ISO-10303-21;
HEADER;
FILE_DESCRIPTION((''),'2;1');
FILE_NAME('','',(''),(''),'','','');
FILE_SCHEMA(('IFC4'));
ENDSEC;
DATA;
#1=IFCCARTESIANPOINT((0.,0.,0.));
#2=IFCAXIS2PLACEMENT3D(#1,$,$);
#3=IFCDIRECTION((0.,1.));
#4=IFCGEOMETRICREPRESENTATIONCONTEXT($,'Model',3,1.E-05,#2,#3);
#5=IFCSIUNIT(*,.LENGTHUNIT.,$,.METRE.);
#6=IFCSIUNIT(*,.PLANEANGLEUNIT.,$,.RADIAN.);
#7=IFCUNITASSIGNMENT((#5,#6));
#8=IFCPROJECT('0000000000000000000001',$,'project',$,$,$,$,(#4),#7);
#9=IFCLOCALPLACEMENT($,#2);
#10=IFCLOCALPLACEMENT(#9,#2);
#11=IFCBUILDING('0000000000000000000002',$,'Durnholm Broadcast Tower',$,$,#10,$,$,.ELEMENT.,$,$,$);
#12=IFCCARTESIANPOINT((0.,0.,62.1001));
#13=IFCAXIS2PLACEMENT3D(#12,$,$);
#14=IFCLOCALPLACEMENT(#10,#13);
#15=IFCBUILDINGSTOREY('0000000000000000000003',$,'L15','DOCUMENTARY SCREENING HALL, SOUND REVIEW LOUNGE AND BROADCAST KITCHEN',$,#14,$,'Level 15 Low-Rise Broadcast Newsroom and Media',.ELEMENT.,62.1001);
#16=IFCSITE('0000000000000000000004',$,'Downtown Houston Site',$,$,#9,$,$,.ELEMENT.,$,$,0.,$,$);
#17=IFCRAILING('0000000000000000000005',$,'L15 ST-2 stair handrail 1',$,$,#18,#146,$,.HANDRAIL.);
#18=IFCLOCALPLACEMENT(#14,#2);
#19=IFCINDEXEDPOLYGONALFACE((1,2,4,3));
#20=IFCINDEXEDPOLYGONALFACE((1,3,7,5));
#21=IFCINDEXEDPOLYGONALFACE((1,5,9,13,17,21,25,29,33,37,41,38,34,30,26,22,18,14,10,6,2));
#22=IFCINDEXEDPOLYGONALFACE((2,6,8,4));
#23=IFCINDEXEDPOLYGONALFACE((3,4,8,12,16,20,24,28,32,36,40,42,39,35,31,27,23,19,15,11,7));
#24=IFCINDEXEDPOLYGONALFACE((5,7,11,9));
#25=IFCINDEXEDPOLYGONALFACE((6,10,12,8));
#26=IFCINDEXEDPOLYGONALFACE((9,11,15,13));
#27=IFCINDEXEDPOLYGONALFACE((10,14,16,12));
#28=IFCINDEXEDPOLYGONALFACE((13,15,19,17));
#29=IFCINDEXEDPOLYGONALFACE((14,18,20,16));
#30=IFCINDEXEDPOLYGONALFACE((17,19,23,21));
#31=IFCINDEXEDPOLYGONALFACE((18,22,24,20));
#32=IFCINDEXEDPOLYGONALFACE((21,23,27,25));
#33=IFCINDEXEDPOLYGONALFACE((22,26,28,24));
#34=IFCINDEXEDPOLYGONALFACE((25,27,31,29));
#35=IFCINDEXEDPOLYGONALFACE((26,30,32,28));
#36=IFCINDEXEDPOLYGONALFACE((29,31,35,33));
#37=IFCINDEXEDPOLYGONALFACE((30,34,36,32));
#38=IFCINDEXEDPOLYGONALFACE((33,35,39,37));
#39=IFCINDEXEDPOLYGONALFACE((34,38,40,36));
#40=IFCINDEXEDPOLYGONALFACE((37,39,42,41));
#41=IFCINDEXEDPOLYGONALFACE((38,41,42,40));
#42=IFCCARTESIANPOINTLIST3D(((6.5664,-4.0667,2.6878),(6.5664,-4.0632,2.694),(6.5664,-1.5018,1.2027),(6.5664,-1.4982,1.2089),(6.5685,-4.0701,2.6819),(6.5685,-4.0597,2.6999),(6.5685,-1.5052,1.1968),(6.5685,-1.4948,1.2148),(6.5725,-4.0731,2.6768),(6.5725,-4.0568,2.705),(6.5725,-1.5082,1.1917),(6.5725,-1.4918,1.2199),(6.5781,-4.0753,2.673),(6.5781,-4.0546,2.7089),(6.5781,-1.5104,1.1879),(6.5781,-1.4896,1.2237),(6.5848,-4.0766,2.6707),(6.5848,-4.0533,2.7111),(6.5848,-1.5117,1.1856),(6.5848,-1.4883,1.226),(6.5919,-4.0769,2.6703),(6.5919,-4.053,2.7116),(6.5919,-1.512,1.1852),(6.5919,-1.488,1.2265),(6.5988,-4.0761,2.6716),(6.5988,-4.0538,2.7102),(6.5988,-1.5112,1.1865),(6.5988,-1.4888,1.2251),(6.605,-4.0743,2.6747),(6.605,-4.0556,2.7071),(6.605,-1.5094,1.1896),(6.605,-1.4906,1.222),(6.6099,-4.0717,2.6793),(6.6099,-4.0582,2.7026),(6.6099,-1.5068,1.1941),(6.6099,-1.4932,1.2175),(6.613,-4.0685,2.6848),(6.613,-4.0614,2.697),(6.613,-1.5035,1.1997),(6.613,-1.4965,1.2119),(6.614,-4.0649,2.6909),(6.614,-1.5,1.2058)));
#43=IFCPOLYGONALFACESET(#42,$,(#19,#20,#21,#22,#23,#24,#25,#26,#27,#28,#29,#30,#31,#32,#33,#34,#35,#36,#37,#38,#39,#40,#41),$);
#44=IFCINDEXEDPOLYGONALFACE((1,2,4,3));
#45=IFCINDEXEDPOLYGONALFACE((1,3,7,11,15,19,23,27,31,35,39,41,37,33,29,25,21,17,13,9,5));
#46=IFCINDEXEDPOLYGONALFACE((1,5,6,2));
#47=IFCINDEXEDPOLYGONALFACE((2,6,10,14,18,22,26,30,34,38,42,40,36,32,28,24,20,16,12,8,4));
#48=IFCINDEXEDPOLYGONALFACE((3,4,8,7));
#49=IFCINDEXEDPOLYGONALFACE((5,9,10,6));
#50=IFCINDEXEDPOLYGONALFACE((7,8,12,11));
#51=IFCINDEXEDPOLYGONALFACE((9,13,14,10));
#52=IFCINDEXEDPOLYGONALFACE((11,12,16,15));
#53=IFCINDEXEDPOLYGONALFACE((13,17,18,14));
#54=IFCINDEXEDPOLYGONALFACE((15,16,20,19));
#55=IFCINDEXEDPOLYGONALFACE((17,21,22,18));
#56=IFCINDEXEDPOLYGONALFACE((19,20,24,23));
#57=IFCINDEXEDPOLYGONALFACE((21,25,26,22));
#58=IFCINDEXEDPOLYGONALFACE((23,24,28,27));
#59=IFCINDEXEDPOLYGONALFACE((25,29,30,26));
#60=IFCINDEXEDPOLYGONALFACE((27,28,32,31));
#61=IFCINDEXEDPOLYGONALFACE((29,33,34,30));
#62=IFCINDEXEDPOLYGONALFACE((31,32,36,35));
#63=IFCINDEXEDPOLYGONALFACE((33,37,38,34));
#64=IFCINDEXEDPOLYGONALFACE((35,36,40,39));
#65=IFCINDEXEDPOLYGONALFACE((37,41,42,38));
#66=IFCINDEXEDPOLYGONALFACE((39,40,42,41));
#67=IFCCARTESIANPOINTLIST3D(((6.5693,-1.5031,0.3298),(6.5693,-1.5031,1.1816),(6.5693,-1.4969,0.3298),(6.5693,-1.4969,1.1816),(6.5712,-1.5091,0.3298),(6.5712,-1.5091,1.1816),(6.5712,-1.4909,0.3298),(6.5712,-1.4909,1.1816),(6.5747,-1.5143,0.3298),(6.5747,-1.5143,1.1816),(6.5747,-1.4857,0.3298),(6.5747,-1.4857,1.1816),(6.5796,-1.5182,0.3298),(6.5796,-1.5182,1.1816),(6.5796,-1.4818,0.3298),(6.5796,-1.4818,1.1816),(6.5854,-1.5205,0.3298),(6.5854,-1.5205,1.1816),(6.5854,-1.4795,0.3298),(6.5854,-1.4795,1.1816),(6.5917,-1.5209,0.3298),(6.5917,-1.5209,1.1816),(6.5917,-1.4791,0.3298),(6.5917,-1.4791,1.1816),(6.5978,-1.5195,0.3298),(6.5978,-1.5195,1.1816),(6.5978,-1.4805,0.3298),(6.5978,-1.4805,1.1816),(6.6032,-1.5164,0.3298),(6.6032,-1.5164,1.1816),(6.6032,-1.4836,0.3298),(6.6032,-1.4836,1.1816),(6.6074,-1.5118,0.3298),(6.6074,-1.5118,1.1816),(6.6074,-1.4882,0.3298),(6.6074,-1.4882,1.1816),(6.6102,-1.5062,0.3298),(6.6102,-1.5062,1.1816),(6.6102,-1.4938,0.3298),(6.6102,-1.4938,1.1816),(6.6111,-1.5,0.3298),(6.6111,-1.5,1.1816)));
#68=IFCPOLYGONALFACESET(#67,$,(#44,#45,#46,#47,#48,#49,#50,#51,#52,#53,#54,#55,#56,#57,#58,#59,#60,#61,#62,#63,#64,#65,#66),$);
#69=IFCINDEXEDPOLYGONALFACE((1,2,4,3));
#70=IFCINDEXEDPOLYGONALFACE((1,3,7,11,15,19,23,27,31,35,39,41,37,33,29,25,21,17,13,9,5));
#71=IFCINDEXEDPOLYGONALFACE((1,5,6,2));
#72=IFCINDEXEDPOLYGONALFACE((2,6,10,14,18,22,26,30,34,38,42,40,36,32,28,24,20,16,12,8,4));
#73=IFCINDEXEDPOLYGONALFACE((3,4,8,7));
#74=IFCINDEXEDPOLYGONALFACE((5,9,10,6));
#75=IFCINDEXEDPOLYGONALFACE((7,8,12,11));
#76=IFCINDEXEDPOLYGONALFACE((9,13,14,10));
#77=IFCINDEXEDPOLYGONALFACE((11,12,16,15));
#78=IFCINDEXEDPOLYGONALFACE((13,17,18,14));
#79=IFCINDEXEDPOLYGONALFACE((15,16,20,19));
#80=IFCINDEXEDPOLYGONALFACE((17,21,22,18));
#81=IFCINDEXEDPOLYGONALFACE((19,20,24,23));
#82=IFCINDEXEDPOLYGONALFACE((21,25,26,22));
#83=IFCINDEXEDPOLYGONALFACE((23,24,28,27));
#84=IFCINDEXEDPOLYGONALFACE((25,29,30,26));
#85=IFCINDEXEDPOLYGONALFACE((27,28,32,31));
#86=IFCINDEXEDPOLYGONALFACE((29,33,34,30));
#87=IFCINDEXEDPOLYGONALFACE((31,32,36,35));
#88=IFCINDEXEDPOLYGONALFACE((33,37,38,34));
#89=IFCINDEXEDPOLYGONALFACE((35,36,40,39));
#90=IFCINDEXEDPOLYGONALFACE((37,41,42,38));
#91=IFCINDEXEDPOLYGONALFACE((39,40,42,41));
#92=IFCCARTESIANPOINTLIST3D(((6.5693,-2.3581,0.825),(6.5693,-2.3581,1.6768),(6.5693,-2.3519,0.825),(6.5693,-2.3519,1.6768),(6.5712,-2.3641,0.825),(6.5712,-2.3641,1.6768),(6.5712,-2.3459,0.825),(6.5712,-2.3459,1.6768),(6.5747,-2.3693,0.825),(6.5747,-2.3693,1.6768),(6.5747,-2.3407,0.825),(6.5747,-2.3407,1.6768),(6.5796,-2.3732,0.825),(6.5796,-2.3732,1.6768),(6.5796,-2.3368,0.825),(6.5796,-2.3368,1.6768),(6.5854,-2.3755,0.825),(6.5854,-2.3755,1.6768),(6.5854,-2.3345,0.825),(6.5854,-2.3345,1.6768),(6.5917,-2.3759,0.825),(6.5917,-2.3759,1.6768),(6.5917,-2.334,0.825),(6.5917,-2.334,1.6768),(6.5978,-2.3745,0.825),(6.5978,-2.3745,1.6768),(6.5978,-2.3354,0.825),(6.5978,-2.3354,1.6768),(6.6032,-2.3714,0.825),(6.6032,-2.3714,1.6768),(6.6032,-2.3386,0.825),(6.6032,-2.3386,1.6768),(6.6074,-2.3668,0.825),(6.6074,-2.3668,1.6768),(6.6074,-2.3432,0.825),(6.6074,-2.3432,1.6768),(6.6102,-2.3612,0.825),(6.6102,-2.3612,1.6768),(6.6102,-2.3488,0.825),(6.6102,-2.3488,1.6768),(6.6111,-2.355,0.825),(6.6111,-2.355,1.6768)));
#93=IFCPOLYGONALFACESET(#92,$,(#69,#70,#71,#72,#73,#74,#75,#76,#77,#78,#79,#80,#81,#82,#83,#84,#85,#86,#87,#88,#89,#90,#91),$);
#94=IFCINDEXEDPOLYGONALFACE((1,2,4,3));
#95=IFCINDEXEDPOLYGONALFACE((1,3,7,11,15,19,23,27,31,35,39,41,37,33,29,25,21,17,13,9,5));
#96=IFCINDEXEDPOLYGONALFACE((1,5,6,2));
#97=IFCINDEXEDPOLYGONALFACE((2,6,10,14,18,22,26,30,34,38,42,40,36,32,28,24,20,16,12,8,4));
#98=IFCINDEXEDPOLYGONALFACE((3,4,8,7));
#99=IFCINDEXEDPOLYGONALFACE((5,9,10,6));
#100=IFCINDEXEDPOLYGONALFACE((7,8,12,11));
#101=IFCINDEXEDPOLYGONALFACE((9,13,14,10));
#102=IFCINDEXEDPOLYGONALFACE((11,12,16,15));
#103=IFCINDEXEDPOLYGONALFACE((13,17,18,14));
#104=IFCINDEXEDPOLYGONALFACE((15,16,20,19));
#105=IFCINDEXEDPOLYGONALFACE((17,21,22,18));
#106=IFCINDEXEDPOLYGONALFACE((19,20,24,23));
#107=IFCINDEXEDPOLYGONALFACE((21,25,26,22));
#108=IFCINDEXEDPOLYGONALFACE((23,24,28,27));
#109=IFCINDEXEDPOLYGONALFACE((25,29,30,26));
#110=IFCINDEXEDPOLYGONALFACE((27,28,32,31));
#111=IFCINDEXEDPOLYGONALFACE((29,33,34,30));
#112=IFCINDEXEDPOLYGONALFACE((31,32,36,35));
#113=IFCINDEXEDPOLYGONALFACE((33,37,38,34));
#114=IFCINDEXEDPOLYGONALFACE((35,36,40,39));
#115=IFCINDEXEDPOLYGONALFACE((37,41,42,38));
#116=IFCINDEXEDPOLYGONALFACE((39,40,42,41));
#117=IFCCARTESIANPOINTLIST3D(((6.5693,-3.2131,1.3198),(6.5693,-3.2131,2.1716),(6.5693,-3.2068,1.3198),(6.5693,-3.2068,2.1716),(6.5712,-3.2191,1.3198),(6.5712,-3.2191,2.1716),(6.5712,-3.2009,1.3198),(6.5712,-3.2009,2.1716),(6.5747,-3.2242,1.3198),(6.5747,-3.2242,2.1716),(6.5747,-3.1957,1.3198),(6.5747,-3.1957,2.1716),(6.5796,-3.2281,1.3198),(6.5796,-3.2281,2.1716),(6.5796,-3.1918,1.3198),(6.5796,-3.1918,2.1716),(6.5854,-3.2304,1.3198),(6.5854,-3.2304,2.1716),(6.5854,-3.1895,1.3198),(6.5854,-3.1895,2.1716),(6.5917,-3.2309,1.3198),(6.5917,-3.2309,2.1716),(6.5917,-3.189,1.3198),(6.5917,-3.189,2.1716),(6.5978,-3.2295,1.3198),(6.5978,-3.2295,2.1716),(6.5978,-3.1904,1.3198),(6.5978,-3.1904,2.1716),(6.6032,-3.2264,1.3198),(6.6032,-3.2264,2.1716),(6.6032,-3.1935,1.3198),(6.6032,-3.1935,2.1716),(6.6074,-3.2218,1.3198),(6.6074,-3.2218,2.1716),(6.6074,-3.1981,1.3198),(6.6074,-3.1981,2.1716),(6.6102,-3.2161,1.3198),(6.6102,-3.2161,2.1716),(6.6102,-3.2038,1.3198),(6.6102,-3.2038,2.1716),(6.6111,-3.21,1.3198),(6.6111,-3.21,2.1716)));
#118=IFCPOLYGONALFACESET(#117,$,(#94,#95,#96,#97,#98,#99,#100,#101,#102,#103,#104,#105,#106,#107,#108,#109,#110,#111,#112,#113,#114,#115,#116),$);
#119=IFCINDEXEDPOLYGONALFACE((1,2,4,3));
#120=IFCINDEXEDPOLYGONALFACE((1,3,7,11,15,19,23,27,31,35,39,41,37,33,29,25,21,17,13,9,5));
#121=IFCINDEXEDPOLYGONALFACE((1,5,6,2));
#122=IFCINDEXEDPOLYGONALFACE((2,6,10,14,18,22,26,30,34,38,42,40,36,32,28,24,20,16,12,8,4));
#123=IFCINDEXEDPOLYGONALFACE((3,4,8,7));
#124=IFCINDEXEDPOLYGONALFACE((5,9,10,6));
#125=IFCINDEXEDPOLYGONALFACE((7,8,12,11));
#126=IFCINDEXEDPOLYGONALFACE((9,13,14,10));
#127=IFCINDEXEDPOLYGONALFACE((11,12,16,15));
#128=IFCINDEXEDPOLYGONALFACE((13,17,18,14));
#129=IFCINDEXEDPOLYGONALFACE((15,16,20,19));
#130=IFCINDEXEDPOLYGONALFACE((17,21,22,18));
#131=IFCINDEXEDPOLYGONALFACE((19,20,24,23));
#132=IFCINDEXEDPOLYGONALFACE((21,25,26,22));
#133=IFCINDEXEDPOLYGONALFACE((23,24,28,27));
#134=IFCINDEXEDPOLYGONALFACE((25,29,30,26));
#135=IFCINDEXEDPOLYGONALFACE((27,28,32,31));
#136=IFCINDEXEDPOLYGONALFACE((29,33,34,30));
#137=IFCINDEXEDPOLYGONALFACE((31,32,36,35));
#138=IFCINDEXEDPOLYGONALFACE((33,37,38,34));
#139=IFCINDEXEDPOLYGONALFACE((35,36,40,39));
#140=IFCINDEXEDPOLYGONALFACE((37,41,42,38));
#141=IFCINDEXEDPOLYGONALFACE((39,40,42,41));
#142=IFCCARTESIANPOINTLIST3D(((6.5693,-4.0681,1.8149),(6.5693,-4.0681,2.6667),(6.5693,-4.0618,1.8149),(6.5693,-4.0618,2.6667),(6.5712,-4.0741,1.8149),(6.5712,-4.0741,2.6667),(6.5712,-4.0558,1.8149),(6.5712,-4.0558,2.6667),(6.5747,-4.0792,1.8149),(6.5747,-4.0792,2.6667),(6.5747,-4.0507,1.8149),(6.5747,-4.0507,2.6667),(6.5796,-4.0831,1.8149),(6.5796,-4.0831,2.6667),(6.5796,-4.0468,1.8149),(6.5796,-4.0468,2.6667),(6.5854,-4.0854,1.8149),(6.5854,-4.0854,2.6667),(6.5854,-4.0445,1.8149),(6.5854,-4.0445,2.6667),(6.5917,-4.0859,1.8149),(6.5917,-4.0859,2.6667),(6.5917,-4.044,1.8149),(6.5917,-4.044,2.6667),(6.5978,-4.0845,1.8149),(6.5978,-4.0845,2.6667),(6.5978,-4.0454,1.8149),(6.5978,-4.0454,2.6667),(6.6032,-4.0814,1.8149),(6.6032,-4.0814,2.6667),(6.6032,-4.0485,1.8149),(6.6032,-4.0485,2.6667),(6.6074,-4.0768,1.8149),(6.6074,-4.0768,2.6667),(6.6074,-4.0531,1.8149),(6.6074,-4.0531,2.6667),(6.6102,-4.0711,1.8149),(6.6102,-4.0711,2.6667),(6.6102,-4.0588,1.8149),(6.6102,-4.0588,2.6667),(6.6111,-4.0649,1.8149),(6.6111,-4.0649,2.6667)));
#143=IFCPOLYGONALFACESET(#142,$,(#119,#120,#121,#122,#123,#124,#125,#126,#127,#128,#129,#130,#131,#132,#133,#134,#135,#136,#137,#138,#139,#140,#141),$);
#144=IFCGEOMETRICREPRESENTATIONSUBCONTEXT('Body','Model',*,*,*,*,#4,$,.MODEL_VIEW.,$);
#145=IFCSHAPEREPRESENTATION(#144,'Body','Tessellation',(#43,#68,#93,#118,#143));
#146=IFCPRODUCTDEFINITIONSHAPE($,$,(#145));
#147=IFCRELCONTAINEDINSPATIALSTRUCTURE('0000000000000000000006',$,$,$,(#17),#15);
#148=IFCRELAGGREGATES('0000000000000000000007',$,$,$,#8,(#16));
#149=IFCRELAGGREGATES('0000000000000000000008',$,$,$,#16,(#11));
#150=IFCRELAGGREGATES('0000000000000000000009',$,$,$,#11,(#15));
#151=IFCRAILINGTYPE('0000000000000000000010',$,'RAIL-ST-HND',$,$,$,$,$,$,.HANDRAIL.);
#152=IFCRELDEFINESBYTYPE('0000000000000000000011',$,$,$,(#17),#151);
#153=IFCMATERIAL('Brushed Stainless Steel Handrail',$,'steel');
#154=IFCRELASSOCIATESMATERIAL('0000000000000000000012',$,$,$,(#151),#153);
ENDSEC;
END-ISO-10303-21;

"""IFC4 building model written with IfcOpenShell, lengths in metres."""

from ifc_helpers import new_model, si_unit, direction, frame, origin, origin_2d, place, context, subcontext, project, spatial, circle, extrude, material, type_object, element, save


model = new_model("IFC4")

# Units and contexts
model_context = context("Model", 3, precision=1e-05, world=origin(), true_north=direction((0.0, 1.0)))
body_context = subcontext(model_context, "Body", "Model", "MODEL_VIEW")
ifc_project = project(units=[si_unit("LENGTHUNIT", "METRE"), si_unit("PLANEANGLEUNIT", "RADIAN")], contexts=[model_context])

# Site, building, storey
site_placement = place(None, origin())
site = spatial("IfcSite", under=ifc_project, at=site_placement, Name="Downtown Houston Site", CompositionType="ELEMENT", RefElevation=0.0)
building_placement = place(site_placement, origin())
building = spatial("IfcBuilding", under=site, at=building_placement, Name="Durnholm Broadcast Tower", CompositionType="ELEMENT")
storey_placement = place(building_placement, frame((0.0, 0.0, 62.1001)))
storey = spatial("IfcBuildingStorey", under=building, at=storey_placement, Name="L15", Description="DOCUMENTARY SCREENING HALL, SOUND REVIEW LOUNGE AND BROADCAST KITCHEN", LongName="Level 15 Low-Rise Broadcast Newsroom and Media", CompositionType="ELEMENT", Elevation=62.1001)

# Railing
ifc_material_1 = material(Name="Brushed Stainless Steel Handrail", Category="steel")
railing_type_1 = type_object("IfcRailingType", Name="RAIL-ST-HND", PredefinedType="HANDRAIL", material=ifc_material_1)
railing_1_placement = place(storey_placement, frame((6.5901, -1.5, 0.3298)))
element("IfcRailing", 1, at=railing_1_placement, inside=storey, type_object=railing_type_1, Name="L15 ST-2 stair handrail 1", PredefinedType="HANDRAIL", context=body_context, shape_type="SweptSolid", body=[
    extrude(circle(Radius=0.0239, at=origin_2d()), frame((0.0, 0.0, 0.876), z_axis=(0.0, -0.865406, 0.501072), x_axis=(1.0, 0.0, 0.0)), (0.0, 0.0, 1.0), 2.9639),
    extrude(circle(Radius=0.021, at=origin_2d()), origin(), (0.0, 0.0, 1.0), 0.8518),
    extrude(circle(Radius=0.021, at=origin_2d()), frame((0.0, -0.855, 0.4951)), (0.0, 0.0, 1.0), 0.8518),
    extrude(circle(Radius=0.021, at=origin_2d()), frame((0.0, -1.71, 0.99)), (0.0, 0.0, 1.0), 0.8518),
    extrude(circle(Radius=0.021, at=origin_2d()), frame((0.0, -2.5649, 1.4851)), (0.0, 0.0, 1.0), 0.8518),
])

save(model, "model.ifc")
